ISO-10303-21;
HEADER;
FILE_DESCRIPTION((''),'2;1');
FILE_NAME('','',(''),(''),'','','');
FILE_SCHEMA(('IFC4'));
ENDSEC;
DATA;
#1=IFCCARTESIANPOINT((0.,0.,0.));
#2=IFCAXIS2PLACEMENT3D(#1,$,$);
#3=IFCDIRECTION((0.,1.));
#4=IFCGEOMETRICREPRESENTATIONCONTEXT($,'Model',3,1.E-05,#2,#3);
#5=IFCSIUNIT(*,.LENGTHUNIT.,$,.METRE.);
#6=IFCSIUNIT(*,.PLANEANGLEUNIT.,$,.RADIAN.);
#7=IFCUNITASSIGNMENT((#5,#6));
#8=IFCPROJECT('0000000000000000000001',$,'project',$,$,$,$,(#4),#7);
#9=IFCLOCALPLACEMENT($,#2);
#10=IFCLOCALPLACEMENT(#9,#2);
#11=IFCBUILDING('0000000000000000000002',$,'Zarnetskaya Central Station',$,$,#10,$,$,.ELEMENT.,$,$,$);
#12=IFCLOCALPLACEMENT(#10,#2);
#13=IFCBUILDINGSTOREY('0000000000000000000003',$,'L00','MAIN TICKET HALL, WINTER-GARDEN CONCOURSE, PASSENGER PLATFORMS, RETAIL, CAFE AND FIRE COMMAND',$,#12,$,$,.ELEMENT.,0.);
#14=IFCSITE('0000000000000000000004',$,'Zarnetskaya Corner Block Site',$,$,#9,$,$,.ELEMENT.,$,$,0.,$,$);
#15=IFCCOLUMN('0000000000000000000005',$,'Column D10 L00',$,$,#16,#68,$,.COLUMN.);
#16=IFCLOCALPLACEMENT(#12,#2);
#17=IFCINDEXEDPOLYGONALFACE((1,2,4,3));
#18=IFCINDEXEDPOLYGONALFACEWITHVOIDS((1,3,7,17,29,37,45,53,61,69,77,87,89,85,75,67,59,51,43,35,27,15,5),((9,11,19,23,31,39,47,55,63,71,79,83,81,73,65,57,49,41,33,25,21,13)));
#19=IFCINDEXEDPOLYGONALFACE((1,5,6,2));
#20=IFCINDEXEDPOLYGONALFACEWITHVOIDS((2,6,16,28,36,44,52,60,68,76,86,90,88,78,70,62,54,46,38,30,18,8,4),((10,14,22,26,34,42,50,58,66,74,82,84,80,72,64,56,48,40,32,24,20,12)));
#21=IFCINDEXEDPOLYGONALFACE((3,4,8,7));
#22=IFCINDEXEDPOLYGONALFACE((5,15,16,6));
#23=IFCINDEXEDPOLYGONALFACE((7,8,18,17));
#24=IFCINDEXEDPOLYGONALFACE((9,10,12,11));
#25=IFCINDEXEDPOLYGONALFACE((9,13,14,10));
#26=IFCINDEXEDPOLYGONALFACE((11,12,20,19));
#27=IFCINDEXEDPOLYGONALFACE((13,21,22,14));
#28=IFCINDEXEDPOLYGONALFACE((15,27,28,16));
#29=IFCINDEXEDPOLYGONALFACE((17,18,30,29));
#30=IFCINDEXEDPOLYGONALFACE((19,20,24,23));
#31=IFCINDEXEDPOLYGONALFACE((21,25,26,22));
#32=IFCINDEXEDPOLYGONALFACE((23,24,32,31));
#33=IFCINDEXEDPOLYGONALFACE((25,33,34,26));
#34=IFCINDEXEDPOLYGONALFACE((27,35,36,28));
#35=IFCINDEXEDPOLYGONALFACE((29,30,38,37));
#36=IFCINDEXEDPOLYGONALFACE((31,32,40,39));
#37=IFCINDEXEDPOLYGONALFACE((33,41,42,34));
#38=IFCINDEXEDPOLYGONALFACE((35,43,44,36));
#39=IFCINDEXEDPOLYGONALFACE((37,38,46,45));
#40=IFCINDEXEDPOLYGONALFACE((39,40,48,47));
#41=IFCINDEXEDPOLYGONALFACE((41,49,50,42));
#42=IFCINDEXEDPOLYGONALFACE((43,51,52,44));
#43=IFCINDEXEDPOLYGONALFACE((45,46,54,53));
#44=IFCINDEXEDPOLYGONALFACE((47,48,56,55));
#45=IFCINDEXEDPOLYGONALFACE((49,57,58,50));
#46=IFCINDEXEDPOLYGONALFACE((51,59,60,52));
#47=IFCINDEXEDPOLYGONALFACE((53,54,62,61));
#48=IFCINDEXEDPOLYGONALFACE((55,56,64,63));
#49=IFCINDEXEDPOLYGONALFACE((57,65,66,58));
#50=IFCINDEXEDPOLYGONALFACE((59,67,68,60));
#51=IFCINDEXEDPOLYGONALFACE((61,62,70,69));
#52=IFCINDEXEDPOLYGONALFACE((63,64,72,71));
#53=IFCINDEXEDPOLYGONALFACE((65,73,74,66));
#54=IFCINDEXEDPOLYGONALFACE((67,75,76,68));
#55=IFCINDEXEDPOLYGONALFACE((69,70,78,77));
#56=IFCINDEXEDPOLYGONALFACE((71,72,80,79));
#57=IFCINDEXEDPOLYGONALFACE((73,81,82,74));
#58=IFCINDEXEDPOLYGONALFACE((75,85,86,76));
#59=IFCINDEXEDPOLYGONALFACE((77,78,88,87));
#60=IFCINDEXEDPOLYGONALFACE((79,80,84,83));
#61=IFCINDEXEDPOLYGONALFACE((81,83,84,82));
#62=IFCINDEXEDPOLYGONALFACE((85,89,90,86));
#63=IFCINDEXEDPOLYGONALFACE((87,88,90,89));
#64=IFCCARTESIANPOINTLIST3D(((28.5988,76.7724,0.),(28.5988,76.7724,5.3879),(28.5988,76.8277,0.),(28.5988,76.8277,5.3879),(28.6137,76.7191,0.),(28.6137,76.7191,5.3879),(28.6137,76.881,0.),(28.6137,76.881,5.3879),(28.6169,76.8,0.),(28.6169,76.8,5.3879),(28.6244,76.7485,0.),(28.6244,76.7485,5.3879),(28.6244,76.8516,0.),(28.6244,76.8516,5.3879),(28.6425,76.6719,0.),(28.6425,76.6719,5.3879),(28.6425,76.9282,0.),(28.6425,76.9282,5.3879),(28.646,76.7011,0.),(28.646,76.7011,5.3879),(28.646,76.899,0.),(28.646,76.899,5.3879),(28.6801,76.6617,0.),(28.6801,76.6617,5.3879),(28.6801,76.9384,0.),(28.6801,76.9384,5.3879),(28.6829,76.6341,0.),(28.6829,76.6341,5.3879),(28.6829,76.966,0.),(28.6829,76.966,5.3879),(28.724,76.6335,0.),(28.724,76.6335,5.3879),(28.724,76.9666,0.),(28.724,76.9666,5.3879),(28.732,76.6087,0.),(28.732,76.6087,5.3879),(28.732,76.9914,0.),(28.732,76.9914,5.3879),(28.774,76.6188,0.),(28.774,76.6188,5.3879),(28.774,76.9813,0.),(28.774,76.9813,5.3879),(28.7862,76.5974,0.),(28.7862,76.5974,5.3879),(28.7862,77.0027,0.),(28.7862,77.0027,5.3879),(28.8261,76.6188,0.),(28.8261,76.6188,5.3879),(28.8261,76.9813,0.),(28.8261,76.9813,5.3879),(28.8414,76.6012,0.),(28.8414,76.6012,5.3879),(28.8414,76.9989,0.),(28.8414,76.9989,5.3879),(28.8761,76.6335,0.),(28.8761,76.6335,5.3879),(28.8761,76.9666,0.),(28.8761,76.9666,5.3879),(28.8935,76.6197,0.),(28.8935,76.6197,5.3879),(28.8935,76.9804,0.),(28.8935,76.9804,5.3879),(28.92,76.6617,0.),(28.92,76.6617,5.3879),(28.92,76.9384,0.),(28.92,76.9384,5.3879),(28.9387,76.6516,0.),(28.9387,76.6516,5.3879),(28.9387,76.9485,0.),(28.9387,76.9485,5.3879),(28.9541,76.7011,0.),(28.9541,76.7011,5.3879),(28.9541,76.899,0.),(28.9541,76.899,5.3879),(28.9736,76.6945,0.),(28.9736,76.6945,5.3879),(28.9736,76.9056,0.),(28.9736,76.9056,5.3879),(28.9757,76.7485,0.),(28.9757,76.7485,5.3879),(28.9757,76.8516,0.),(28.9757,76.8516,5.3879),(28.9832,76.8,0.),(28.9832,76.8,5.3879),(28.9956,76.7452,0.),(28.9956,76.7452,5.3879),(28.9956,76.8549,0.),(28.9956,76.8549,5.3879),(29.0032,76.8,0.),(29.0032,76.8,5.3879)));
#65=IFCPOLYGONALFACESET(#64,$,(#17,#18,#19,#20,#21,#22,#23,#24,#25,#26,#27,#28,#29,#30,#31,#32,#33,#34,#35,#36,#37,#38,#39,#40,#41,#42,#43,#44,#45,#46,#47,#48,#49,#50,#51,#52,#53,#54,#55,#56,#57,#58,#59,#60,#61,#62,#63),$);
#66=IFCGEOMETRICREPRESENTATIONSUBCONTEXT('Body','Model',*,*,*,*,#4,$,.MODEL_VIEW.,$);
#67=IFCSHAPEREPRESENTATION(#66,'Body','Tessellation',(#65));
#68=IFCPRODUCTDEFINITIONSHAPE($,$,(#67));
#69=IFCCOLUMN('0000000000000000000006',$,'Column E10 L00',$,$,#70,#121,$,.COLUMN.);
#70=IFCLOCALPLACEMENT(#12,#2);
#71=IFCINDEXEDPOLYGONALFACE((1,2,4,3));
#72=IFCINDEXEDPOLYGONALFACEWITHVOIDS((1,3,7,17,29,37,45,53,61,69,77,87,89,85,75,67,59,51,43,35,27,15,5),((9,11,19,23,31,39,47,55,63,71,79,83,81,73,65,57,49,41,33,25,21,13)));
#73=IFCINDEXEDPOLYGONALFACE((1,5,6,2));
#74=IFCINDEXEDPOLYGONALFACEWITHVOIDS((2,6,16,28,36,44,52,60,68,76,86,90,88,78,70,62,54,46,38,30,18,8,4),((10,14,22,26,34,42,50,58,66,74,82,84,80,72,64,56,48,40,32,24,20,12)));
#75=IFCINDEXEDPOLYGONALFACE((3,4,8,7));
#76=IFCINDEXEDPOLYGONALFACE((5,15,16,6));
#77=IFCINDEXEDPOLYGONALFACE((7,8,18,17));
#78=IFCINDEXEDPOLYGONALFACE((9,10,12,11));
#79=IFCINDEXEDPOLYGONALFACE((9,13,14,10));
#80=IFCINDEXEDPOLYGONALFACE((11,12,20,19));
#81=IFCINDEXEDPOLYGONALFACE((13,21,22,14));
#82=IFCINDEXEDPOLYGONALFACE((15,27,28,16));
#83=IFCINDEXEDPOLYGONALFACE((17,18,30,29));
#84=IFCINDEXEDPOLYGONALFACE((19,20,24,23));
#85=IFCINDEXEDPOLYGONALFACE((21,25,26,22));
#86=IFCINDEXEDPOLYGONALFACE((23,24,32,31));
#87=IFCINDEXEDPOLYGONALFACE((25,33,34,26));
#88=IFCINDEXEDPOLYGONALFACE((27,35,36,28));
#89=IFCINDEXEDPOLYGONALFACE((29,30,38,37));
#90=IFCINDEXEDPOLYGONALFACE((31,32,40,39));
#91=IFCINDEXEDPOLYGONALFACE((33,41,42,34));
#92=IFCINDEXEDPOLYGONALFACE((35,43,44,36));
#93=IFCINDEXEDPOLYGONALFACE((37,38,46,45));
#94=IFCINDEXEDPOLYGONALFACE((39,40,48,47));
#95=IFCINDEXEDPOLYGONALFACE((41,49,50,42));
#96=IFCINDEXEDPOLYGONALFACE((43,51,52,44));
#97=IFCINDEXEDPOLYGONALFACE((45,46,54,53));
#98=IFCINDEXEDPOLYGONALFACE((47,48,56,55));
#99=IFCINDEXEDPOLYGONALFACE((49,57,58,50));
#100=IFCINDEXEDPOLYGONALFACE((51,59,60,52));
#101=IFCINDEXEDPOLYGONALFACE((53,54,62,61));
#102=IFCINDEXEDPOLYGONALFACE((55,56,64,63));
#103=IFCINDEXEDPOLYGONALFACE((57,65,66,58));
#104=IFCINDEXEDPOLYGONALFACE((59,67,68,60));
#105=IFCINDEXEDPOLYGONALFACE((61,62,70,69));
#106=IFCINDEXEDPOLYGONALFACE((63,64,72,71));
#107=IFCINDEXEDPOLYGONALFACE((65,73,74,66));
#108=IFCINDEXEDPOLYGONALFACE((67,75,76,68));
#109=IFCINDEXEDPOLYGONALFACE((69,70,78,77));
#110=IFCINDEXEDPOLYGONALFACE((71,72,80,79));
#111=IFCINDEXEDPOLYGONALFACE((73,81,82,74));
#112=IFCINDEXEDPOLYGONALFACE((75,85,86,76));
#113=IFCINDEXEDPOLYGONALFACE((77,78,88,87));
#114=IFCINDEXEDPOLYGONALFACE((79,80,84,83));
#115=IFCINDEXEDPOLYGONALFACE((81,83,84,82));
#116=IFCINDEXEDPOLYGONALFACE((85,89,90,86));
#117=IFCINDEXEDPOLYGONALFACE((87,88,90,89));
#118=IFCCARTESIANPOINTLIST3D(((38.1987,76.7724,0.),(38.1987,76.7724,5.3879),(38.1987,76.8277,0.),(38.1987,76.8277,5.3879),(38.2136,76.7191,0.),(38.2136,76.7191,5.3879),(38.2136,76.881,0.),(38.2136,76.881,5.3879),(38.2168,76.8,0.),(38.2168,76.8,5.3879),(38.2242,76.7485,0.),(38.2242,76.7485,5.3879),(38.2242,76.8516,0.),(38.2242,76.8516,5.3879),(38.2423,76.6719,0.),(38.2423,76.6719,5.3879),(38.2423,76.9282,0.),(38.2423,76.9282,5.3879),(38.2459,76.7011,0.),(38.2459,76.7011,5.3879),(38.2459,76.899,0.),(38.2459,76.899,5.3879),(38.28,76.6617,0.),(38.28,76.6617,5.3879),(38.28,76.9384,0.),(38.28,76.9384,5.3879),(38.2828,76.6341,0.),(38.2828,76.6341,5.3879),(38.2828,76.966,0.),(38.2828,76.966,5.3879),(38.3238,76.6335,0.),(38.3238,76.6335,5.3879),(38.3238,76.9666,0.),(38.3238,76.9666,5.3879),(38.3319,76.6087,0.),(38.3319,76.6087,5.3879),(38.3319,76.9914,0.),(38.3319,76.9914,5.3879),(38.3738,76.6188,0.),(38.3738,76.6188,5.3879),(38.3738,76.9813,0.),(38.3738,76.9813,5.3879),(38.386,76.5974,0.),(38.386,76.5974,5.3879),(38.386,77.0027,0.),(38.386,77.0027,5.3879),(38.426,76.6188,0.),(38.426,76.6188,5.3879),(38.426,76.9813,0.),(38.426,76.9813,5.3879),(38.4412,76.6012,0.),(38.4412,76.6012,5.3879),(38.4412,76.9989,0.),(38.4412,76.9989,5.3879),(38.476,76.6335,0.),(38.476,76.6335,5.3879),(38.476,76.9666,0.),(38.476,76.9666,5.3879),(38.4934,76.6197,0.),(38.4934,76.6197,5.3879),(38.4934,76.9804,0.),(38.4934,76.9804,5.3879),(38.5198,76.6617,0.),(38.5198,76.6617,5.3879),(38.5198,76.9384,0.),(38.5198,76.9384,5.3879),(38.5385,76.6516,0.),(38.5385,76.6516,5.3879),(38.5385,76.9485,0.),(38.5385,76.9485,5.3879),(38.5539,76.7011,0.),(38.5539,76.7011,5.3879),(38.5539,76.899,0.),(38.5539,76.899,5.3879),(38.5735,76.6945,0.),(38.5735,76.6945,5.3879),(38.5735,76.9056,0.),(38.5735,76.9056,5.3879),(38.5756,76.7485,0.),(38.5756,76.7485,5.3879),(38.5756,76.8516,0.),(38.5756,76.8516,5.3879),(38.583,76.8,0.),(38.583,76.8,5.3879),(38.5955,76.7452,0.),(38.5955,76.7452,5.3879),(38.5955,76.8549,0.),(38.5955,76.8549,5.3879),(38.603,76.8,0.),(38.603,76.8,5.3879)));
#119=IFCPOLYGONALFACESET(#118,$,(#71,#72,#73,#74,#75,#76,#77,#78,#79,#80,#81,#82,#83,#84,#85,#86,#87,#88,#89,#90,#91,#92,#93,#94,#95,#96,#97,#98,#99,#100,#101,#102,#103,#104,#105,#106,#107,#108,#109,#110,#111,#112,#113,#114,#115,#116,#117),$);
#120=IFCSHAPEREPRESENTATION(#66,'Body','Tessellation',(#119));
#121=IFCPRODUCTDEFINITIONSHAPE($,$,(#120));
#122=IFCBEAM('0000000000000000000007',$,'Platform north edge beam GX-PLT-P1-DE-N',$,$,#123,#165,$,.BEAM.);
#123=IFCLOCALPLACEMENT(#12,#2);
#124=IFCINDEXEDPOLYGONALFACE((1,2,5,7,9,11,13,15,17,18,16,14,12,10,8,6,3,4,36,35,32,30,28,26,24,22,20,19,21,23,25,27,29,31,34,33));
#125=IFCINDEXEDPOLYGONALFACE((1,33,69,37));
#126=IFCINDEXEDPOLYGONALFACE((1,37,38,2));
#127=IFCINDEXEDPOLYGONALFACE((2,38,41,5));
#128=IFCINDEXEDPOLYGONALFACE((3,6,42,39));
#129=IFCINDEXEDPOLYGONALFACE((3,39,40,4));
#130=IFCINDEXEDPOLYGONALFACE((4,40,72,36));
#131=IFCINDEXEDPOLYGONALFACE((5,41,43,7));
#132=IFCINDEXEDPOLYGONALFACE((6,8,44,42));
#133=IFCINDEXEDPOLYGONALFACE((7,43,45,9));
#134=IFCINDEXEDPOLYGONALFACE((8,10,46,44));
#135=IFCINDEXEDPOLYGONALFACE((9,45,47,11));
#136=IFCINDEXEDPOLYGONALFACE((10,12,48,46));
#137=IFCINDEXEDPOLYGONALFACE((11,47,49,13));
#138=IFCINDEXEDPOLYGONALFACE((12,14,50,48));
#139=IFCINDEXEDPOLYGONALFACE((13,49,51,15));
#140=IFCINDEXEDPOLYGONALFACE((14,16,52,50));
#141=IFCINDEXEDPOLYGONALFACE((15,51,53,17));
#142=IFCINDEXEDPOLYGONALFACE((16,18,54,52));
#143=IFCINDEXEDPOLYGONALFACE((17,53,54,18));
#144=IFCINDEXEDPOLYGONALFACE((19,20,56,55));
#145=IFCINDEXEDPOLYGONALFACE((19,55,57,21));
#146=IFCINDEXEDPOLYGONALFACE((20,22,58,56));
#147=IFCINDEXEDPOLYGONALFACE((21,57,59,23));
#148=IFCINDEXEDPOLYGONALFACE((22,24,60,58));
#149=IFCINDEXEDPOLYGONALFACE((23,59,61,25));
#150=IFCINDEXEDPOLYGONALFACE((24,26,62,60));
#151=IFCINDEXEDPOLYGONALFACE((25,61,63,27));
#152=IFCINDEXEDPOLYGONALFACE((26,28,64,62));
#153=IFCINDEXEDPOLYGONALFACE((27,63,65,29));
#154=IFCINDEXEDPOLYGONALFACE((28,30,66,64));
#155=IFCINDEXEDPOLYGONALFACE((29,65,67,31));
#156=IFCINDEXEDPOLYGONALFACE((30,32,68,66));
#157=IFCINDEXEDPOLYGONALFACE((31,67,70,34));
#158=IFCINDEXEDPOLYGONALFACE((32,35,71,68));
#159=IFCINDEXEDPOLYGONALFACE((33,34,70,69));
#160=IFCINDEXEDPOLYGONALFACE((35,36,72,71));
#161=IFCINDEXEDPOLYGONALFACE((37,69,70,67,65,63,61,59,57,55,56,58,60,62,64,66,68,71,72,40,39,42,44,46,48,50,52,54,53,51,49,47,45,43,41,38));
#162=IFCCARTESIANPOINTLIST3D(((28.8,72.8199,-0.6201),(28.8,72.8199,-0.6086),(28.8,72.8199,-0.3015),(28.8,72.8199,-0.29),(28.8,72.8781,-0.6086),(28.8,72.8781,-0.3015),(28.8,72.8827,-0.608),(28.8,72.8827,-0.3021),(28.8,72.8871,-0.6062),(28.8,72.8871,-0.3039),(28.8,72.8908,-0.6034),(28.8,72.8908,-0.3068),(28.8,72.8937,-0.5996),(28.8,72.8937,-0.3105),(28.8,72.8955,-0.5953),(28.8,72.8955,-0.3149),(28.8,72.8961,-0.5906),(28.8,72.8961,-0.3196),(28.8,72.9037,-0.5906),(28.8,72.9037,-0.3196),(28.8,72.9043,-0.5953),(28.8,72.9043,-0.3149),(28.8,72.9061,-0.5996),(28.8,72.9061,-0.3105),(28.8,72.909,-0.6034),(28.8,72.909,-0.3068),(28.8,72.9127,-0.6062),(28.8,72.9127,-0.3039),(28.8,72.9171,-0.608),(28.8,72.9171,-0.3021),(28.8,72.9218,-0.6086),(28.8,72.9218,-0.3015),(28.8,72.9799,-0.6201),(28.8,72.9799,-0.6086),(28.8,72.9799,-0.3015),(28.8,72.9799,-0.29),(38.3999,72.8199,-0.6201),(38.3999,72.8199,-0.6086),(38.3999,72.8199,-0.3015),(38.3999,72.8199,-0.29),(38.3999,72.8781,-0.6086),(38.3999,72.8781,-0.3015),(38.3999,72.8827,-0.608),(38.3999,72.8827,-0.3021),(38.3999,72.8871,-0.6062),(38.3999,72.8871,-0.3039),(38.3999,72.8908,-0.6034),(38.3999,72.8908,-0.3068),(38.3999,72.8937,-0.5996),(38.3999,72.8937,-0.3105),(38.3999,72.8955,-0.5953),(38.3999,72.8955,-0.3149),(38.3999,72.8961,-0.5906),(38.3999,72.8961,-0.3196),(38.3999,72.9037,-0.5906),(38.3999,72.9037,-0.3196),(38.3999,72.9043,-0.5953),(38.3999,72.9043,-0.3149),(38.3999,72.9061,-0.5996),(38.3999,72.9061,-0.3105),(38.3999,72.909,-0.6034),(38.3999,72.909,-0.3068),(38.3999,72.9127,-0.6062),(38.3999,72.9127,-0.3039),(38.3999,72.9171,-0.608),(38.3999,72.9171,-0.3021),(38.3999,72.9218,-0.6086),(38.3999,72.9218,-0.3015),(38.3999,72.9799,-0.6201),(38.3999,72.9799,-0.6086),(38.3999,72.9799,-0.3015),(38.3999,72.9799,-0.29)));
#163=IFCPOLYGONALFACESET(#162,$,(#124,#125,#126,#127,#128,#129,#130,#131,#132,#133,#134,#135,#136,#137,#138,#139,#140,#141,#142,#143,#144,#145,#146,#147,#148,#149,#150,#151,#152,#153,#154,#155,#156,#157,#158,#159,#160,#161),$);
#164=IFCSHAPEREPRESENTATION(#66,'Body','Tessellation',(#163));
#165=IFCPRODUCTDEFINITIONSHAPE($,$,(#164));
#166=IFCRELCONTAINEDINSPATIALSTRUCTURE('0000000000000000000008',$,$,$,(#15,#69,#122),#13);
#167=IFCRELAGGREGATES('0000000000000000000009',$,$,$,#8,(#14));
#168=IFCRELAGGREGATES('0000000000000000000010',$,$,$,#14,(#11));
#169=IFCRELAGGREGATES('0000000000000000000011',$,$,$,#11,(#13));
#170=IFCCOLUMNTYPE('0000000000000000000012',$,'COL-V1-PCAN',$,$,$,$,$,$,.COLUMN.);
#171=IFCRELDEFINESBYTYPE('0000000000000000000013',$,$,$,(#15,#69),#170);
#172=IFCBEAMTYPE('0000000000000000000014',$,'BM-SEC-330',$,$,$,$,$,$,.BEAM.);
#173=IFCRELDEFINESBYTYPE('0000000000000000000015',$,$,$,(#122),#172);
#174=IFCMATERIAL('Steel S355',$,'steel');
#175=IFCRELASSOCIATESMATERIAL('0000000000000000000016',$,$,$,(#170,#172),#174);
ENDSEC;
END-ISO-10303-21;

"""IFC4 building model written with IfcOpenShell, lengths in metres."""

from ifc_helpers import new_model, si_unit, direction, frame, origin, origin_2d, place, context, subcontext, project, spatial, hollow_circle, i_section, extrude, material, material_profile, profile_set, type_object, element, save


model = new_model("IFC4")

# Units and contexts
model_context = context("Model", 3, precision=1e-05, world=origin(), true_north=direction((0.0, 1.0)))
body_context = subcontext(model_context, "Body", "Model", "MODEL_VIEW")
ifc_project = project(units=[si_unit("LENGTHUNIT", "METRE"), si_unit("PLANEANGLEUNIT", "RADIAN")], contexts=[model_context])

# Site, building, storey
site_placement = place(None, origin())
site = spatial("IfcSite", under=ifc_project, at=site_placement, Name="Zarnetskaya Corner Block Site", CompositionType="ELEMENT", RefElevation=0.0)
building_placement = place(site_placement, origin())
building = spatial("IfcBuilding", under=site, at=building_placement, Name="Zarnetskaya Central Station", CompositionType="ELEMENT")
storey_placement = place(building_placement, origin())
storey = spatial("IfcBuildingStorey", under=building, at=storey_placement, Name="L00", Description="MAIN TICKET HALL, WINTER-GARDEN CONCOURSE, PASSENGER PLATFORMS, RETAIL, CAFE AND FIRE COMMAND", CompositionType="ELEMENT", Elevation=0.0)

# Columns
ifc_material = material(Name="Steel S355", Category="steel")
ifc_material_profile_1 = material_profile(ifc_material, hollow_circle(Radius=0.2031, WallThickness=0.02, at=origin_2d()), Name="CHS 406.4x20")
ifc_profile_set_1 = profile_set([ifc_material_profile_1], Name="Steel S355")
column_type = type_object("IfcColumnType", Name="COL-V1-PCAN", PredefinedType="COLUMN", material=ifc_profile_set_1)
for number, where, z_axis, x_axis, name in (
    (1, (28.8, 76.8, 0.0), (0.0, 0.0, 1.0), (1.0, 0.0, 0.0), "Column D10 L00"),
    (2, (38.3999, 76.8, 0.0), (0.0, 0.0, 1.0), (1.0, 0.0, 0.0), "Column E10 L00"),
):
    element("IfcColumn", number, at=place(storey_placement, frame(where, z_axis=z_axis, x_axis=x_axis)), inside=storey, type_object=column_type, Name=name, PredefinedType="COLUMN", context=body_context, shape_type="SweptSolid", body=[
        extrude(hollow_circle(Radius=0.2031, WallThickness=0.02, at=origin_2d()), origin(), (0.0, 0.0, 1.0), 5.3879),
    ])

# Beam
ifc_material_profile_2 = material_profile(ifc_material, i_section(OverallWidth=0.1599, OverallDepth=0.3301, WebThickness=0.0076, FlangeThickness=0.0115, FilletRadius=0.0181, at=origin_2d()), Name="IPE 330")
ifc_profile_set_2 = profile_set([ifc_material_profile_2], Name="Steel S355")
beam_type_1 = type_object("IfcBeamType", Name="BM-SEC-330", PredefinedType="BEAM", material=ifc_profile_set_2)
beam_1_placement = place(storey_placement, frame((28.8, 72.8999, -0.4551), z_axis=(1.0, 0.0, 0.0), x_axis=(0.0, 1.0, 0.0)))
element("IfcBeam", 3, at=beam_1_placement, inside=storey, type_object=beam_type_1, Name="Platform north edge beam GX-PLT-P1-DE-N", PredefinedType="BEAM", context=body_context, shape_type="SweptSolid", body=[
    extrude(i_section(OverallWidth=0.1599, OverallDepth=0.3301, WebThickness=0.0076, FlangeThickness=0.0115, FilletRadius=0.0181, at=origin_2d()), origin(), (0.0, 0.0, 1.0), 9.5999),
])

save(model, "model.ifc")
